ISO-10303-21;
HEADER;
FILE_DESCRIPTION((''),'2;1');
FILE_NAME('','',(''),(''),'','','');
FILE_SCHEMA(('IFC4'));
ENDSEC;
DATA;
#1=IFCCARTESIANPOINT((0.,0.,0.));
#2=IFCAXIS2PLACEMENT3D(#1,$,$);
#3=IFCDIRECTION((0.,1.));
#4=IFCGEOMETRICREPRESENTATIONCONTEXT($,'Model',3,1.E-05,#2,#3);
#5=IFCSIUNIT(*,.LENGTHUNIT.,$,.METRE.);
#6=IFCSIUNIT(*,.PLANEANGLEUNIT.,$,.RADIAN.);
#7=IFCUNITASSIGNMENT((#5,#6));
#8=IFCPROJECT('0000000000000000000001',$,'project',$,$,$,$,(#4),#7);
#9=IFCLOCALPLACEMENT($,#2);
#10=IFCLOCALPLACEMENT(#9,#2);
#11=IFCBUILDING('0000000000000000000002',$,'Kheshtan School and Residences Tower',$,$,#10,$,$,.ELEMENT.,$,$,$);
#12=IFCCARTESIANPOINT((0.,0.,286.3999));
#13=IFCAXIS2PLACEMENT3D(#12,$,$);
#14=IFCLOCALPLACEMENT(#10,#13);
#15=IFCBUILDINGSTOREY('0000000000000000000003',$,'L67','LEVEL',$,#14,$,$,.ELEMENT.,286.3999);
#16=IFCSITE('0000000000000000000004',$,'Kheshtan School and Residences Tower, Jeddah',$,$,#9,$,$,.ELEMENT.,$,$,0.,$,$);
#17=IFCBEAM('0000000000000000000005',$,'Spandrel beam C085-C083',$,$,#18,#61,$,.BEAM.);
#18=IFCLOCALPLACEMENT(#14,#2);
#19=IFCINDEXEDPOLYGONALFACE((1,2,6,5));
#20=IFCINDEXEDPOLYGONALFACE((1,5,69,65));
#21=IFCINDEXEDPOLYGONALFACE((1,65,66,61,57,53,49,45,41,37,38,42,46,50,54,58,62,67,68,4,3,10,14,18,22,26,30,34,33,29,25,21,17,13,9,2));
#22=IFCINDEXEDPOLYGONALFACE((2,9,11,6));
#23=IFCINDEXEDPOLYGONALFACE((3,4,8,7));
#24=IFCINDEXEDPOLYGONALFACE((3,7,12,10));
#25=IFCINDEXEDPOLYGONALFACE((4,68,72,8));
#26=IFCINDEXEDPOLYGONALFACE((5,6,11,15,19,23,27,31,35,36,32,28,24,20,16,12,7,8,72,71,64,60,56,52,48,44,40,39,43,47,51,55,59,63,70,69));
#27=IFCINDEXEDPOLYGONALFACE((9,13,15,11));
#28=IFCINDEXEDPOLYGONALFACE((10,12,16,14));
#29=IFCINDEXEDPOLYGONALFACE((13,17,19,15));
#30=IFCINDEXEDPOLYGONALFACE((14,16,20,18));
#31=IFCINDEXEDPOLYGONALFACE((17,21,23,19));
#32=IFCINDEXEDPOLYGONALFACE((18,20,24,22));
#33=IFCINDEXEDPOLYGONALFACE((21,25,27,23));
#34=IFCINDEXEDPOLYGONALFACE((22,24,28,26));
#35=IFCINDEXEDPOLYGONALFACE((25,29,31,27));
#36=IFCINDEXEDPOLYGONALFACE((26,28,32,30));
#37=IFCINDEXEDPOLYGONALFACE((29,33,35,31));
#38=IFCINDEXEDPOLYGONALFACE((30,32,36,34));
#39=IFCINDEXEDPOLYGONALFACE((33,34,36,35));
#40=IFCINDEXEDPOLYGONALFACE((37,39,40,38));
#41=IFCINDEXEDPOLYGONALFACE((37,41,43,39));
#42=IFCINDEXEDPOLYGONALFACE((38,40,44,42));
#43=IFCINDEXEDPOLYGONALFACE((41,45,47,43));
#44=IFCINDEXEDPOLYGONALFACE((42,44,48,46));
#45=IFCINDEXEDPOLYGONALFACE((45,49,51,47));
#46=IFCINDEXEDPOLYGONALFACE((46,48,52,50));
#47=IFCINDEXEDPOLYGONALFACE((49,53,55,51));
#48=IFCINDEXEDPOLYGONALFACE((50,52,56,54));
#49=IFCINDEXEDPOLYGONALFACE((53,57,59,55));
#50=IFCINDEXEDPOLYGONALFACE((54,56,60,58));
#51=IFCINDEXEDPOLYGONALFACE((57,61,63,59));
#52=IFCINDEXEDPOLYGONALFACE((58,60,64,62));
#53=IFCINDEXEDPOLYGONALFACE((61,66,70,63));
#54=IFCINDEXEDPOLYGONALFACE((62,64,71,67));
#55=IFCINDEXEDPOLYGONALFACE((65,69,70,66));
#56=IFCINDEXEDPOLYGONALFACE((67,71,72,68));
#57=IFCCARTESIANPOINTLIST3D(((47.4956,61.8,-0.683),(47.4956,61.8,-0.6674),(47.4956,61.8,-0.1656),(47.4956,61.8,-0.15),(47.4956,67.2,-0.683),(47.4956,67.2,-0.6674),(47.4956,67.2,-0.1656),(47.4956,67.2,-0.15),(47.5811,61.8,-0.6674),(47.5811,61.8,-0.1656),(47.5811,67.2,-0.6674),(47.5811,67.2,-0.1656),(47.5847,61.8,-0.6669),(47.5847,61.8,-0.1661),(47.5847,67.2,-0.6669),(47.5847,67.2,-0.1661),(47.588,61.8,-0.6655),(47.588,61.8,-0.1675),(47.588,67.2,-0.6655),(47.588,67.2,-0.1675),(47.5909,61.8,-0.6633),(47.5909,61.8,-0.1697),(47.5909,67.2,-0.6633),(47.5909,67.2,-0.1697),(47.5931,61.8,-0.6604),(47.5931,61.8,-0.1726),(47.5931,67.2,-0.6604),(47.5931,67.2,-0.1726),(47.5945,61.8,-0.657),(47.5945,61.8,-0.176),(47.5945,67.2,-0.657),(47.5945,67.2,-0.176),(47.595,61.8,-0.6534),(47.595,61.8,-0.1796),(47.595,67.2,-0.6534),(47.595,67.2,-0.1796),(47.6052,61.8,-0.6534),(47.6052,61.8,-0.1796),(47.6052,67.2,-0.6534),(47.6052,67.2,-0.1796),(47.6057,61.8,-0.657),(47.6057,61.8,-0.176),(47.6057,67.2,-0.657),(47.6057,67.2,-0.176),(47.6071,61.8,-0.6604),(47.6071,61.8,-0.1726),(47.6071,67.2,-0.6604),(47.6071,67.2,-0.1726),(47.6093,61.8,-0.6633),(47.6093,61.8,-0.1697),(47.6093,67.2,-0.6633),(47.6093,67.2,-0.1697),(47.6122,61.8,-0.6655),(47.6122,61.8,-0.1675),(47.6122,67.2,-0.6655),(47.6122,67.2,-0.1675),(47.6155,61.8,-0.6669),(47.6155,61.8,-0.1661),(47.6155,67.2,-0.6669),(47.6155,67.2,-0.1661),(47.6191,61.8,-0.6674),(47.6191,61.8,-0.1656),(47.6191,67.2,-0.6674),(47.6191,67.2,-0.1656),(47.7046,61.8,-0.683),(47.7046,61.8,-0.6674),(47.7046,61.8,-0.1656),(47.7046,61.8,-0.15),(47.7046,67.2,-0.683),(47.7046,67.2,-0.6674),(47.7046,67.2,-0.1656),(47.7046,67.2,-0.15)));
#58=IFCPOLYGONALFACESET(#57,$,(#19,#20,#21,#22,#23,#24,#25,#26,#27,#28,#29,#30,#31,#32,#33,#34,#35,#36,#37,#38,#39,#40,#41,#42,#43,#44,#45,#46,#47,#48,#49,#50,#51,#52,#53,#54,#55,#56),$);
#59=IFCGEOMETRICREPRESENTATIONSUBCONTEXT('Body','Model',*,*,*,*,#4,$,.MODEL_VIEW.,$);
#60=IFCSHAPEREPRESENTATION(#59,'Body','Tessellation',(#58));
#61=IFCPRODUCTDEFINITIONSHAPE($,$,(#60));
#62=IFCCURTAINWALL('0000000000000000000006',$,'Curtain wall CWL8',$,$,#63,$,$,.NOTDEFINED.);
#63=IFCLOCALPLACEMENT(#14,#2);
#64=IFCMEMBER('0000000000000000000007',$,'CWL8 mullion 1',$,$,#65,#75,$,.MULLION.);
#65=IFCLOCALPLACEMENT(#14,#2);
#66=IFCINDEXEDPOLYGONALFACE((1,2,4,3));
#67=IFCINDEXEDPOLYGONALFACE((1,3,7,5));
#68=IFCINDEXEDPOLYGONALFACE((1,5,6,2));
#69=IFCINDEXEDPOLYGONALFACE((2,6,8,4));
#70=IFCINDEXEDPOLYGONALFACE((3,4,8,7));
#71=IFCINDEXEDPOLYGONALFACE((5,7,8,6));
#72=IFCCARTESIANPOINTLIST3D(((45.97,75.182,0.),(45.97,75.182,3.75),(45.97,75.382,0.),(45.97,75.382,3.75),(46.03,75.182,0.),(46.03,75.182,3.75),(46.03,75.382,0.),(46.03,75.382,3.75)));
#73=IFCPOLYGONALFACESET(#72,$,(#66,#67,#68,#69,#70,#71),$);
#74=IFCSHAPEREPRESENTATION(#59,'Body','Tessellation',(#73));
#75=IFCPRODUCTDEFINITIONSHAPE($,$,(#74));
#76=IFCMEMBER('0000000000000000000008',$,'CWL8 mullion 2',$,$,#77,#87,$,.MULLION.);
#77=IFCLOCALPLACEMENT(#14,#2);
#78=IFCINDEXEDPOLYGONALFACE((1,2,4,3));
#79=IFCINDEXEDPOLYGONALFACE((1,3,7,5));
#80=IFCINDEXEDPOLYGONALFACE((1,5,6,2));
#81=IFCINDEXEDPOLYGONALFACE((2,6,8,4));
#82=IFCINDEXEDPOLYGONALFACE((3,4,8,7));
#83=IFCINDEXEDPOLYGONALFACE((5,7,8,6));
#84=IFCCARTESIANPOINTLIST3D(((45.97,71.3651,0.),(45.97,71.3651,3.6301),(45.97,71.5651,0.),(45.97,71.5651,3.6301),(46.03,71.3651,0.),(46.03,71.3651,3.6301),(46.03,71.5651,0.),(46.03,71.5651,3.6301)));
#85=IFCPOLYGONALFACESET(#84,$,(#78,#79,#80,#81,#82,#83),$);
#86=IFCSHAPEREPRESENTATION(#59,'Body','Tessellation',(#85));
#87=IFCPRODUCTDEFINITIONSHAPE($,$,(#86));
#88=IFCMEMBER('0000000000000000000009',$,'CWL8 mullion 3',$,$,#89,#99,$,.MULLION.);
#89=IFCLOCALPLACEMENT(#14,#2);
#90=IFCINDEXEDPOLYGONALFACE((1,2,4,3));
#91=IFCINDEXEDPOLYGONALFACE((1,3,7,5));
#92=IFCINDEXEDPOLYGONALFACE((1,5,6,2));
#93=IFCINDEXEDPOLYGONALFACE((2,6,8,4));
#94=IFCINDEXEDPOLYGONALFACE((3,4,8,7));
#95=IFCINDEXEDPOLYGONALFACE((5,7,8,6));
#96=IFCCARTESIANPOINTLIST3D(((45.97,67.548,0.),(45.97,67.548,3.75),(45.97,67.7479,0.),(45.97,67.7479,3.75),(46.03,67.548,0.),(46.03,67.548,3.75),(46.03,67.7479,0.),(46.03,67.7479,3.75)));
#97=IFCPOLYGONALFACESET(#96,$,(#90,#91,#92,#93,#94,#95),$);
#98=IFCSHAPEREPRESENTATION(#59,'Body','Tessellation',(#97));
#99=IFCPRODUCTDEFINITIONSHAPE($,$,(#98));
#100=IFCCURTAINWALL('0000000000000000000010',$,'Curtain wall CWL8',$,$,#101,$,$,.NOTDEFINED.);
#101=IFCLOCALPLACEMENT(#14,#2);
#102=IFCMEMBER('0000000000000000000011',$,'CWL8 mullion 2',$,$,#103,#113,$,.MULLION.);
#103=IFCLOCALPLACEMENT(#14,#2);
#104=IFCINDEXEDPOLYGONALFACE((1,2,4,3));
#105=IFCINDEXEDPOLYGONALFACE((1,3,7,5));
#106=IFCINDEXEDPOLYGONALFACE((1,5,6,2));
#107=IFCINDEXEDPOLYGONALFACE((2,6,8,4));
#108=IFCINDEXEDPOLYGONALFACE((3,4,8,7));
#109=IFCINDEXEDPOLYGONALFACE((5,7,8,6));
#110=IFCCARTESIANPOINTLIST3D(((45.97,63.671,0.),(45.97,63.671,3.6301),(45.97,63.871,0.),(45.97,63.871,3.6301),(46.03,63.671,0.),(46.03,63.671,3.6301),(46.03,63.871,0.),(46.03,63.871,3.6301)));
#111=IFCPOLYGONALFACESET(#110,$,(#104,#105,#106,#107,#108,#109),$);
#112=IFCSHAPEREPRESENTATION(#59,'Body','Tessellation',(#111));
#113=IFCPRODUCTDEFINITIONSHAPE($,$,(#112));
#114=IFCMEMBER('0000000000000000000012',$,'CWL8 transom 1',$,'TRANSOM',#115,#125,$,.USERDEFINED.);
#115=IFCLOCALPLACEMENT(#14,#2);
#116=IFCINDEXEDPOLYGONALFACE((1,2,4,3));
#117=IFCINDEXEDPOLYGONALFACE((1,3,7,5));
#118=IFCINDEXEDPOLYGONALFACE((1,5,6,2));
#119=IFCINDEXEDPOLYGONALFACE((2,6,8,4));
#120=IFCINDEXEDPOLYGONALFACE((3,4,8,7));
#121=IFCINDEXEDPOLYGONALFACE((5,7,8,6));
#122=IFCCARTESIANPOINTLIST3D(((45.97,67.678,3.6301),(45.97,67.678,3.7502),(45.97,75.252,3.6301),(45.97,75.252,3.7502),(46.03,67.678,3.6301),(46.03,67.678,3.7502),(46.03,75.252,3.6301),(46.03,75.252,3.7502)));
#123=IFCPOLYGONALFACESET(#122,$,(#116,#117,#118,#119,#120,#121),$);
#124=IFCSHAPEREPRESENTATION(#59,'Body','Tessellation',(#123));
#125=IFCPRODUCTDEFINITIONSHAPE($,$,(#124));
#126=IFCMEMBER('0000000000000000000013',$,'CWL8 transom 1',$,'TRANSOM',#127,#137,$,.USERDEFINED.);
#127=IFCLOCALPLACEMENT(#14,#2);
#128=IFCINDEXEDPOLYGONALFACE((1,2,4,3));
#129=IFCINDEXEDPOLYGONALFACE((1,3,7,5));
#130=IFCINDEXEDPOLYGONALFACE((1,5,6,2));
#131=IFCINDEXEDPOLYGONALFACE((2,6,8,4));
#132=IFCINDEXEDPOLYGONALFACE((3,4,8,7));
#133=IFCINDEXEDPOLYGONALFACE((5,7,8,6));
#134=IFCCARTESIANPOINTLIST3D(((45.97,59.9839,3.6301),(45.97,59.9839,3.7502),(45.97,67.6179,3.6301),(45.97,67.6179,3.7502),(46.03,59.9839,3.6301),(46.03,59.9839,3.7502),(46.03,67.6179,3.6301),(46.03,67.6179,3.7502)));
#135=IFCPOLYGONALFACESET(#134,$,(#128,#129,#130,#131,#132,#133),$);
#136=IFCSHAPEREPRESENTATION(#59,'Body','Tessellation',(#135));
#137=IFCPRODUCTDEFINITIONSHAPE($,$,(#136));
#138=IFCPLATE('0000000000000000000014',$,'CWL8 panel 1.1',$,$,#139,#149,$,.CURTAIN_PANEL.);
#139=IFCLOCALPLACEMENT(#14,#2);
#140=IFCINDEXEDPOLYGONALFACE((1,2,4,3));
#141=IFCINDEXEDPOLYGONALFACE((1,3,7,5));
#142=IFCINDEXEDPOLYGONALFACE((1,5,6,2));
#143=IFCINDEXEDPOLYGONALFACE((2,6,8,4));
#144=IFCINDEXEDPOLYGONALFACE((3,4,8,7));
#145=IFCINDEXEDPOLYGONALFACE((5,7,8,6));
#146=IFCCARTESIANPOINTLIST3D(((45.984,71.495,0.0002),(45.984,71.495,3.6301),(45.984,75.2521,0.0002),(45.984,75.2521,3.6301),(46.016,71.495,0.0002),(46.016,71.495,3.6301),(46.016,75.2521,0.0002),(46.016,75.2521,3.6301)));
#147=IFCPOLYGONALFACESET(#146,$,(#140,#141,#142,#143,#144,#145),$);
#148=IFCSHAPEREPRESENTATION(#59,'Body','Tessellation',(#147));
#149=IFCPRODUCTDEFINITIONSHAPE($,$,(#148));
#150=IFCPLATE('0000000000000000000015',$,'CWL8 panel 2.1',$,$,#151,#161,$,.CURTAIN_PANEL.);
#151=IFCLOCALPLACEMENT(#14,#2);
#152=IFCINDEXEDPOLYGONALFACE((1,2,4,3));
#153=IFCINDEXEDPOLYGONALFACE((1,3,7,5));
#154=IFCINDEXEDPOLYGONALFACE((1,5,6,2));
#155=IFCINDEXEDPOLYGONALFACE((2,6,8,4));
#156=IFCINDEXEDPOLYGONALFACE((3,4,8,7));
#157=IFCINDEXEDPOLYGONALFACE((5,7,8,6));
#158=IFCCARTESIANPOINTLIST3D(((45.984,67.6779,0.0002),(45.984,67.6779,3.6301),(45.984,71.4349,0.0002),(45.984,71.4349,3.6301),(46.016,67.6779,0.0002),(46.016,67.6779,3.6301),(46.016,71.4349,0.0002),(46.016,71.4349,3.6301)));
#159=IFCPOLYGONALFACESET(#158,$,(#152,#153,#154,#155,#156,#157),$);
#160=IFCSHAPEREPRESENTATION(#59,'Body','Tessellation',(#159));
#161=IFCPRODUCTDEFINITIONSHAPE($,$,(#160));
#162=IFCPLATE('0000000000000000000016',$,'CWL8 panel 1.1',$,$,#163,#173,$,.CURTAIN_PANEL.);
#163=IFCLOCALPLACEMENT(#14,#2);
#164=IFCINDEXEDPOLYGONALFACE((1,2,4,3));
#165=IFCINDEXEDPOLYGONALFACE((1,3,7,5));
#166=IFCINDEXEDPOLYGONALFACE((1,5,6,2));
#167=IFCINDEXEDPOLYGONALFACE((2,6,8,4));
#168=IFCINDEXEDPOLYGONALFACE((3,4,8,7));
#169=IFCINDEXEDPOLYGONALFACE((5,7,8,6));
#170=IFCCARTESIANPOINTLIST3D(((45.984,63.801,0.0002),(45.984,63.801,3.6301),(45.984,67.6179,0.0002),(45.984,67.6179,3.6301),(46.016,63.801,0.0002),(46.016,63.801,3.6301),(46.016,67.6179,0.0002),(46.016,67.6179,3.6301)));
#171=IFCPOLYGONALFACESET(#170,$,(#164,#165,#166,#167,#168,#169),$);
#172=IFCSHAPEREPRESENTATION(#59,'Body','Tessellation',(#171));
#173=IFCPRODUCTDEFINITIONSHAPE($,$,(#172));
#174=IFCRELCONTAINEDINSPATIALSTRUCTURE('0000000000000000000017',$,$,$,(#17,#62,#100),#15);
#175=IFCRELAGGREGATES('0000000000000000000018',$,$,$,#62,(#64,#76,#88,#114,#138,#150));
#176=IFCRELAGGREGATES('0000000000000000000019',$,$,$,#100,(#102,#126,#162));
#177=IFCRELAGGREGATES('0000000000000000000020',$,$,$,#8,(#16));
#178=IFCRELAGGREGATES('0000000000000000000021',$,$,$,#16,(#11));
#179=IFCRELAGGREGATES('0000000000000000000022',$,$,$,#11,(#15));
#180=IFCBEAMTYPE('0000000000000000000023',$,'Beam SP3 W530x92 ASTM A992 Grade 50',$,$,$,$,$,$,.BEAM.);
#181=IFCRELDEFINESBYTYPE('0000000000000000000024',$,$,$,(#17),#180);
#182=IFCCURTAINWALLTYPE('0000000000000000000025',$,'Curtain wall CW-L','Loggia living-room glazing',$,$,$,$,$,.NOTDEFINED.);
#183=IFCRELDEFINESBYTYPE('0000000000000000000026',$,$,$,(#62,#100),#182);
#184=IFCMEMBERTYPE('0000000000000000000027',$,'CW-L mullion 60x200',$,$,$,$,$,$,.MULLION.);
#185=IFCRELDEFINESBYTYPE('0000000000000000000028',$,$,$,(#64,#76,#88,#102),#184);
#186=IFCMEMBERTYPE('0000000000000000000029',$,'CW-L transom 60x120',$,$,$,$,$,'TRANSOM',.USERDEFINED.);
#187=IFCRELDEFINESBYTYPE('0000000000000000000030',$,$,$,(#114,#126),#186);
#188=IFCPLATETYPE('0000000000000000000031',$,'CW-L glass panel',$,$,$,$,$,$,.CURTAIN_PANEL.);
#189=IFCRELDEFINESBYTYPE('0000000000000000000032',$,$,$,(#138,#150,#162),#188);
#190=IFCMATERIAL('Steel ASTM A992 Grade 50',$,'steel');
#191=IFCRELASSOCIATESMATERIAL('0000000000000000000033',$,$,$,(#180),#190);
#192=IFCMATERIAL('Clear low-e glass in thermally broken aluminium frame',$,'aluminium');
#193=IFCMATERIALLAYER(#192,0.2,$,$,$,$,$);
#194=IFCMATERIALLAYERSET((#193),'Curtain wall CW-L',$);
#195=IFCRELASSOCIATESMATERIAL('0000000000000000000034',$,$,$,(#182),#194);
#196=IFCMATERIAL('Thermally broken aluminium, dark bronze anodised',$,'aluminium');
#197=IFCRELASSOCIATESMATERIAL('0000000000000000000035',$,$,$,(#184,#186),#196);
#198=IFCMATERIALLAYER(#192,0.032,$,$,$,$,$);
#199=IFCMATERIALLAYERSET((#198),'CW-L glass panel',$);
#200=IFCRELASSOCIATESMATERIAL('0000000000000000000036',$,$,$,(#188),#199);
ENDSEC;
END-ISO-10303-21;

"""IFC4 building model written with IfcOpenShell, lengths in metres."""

from ifc_helpers import new_model, si_unit, direction, frame, origin, origin_2d, place, context, subcontext, project, spatial, rectangle, i_section, extrude, material, layer, layer_set, material_profile, profile_set, type_object, element, aggregate, save


model = new_model("IFC4")

# Units and contexts
model_context = context("Model", 3, precision=1e-05, world=origin(), true_north=direction((0.0, 1.0)))
body_context = subcontext(model_context, "Body", "Model", "MODEL_VIEW")
ifc_project = project(units=[si_unit("LENGTHUNIT", "METRE"), si_unit("PLANEANGLEUNIT", "RADIAN")], contexts=[model_context])

# Site, building, storey
site_placement = place(None, origin())
site = spatial("IfcSite", under=ifc_project, at=site_placement, Name="Kheshtan School and Residences Tower, Jeddah", CompositionType="ELEMENT", RefElevation=0.0)
building_placement = place(site_placement, origin())
building = spatial("IfcBuilding", under=site, at=building_placement, Name="Kheshtan School and Residences Tower", CompositionType="ELEMENT")
storey_placement = place(building_placement, frame((0.0, 0.0, 286.3999)))
storey = spatial("IfcBuildingStorey", under=building, at=storey_placement, Name="L67", Description="LEVEL", CompositionType="ELEMENT", Elevation=286.3999)

# Shared definitions
ifc_material_1 = material(Name="Steel ASTM A992 Grade 50", Category="steel")

# Beam
ifc_material_profile_1 = material_profile(ifc_material_1, i_section(OverallWidth=0.209, OverallDepth=0.533, WebThickness=0.0103, FlangeThickness=0.0156, FilletRadius=0.0139, at=origin_2d()), Name="W530x92")
ifc_profile_set_1 = profile_set([ifc_material_profile_1], Name="Steel ASTM A992 Grade 50")
beam_type_1 = type_object("IfcBeamType", Name="Beam SP3 W530x92 ASTM A992 Grade 50", PredefinedType="BEAM", material=ifc_profile_set_1)
beam_1_placement = place(storey_placement, frame((47.6001, 67.2, -0.4165), z_axis=(0.0, -1.0, 0.0), x_axis=(1.0, 0.0, 0.0)))
element("IfcBeam", 1, at=beam_1_placement, inside=storey, type_object=beam_type_1, Name="Spandrel beam C085-C083", PredefinedType="BEAM", context=body_context, shape_type="SweptSolid", body=[
    extrude(i_section(OverallWidth=0.209, OverallDepth=0.533, WebThickness=0.0103, FlangeThickness=0.0156, FilletRadius=0.0139, at=origin_2d()), origin(), (0.0, 0.0, 1.0), 5.3999),
])

# Curtain wall, members
ifc_material_2 = material(Name="Clear low-e glass in thermally broken aluminium frame", Category="aluminium")
ifc_layer_1 = layer(ifc_material_2, 0.2)
ifc_layer_set_1 = layer_set([ifc_layer_1], Name="Curtain wall CW-L")
curtain_wall_type = type_object("IfcCurtainWallType", Name="Curtain wall CW-L", Description="Loggia living-room glazing", PredefinedType="NOTDEFINED", material=ifc_layer_set_1)
curtain_wall_1_placement = place(storey_placement, origin())
curtain_wall_1 = element("IfcCurtainWall", 2, at=curtain_wall_1_placement, inside=storey, type_object=curtain_wall_type, Name="Curtain wall CWL8", PredefinedType="NOTDEFINED")
ifc_material_3 = material(Name="Thermally broken aluminium, dark bronze anodised", Category="aluminium")
ifc_material_profile_2 = material_profile(ifc_material_3, rectangle(XDim=0.0601, YDim=0.2, at=origin_2d()), Name="CW-L mullion 60x200")
ifc_profile_set_2 = profile_set([ifc_material_profile_2], Name="Thermally broken aluminium, dark bronze anodised")
member_type_1 = type_object("IfcMemberType", Name="CW-L mullion 60x200", PredefinedType="MULLION", material=ifc_profile_set_2)
member_1_placement = place(storey_placement, frame((46.0, 75.282, 0.0), z_axis=(0.0, 0.0, 1.0), x_axis=(1.0, 0.0, 0.0)))
member_1 = element("IfcMember", 3, at=member_1_placement, type_object=member_type_1, Name="CWL8 mullion 1", PredefinedType="MULLION", context=body_context, shape_type="SweptSolid", body=[
    extrude(rectangle(XDim=0.0601, YDim=0.2, at=origin_2d()), origin(), (0.0, 0.0, 1.0), 3.75),
])
member_2_placement = place(storey_placement, frame((46.0, 71.4651, 0.0), z_axis=(0.0, 0.0, 1.0), x_axis=(1.0, 0.0, 0.0)))
member_2 = element("IfcMember", 4, at=member_2_placement, type_object=member_type_1, Name="CWL8 mullion 2", PredefinedType="MULLION", context=body_context, shape_type="SweptSolid", body=[
    extrude(rectangle(XDim=0.0601, YDim=0.2, at=origin_2d()), origin(), (0.0, 0.0, 1.0), 3.6301),
])
member_3_placement = place(storey_placement, frame((46.0, 67.6479, 0.0), z_axis=(0.0, 0.0, 1.0), x_axis=(1.0, 0.0, 0.0)))
member_3 = element("IfcMember", 5, at=member_3_placement, type_object=member_type_1, Name="CWL8 mullion 3", PredefinedType="MULLION", context=body_context, shape_type="SweptSolid", body=[
    extrude(rectangle(XDim=0.0601, YDim=0.2, at=origin_2d()), origin(), (0.0, 0.0, 1.0), 3.75),
])

# Curtain wall, member
curtain_wall_2_placement = place(storey_placement, origin())
curtain_wall_2 = element("IfcCurtainWall", 6, at=curtain_wall_2_placement, inside=storey, type_object=curtain_wall_type, Name="Curtain wall CWL8", PredefinedType="NOTDEFINED")
member_4_placement = place(storey_placement, frame((46.0, 63.771, 0.0), z_axis=(0.0, 0.0, 1.0), x_axis=(1.0, 0.0, 0.0)))
member_4 = element("IfcMember", 7, at=member_4_placement, type_object=member_type_1, Name="CWL8 mullion 2", PredefinedType="MULLION", context=body_context, shape_type="SweptSolid", body=[
    extrude(rectangle(XDim=0.0601, YDim=0.2, at=origin_2d()), origin(), (0.0, 0.0, 1.0), 3.6301),
])

# Members
ifc_material_profile_3 = material_profile(ifc_material_3, rectangle(XDim=0.0601, YDim=0.1201, at=origin_2d()), Name="CW-L transom 60x120")
ifc_profile_set_3 = profile_set([ifc_material_profile_3], Name="Thermally broken aluminium, dark bronze anodised")
member_type_2 = type_object("IfcMemberType", Name="CW-L transom 60x120", ElementType="TRANSOM", PredefinedType="USERDEFINED", material=ifc_profile_set_3)
member_5_placement = place(storey_placement, frame((46.0, 75.252, 3.6902), z_axis=(0.0, -1.0, 0.0), x_axis=(1.0, 0.0, 0.0)))
member_5 = element("IfcMember", 8, at=member_5_placement, type_object=member_type_2, Name="CWL8 transom 1", ObjectType="TRANSOM", PredefinedType="USERDEFINED", context=body_context, shape_type="SweptSolid", body=[
    extrude(rectangle(XDim=0.0601, YDim=0.1201, at=origin_2d()), origin(), (0.0, 0.0, 1.0), 7.574),
])
member_6_placement = place(storey_placement, frame((46.0, 67.6179, 3.6902), z_axis=(0.0, -1.0, 0.0), x_axis=(1.0, 0.0, 0.0)))
member_6 = element("IfcMember", 9, at=member_6_placement, type_object=member_type_2, Name="CWL8 transom 1", ObjectType="TRANSOM", PredefinedType="USERDEFINED", context=body_context, shape_type="SweptSolid", body=[
    extrude(rectangle(XDim=0.0601, YDim=0.1201, at=origin_2d()), origin(), (0.0, 0.0, 1.0), 7.634),
])

# Plates
ifc_layer_2 = layer(ifc_material_2, 0.032)
ifc_layer_set_2 = layer_set([ifc_layer_2], Name="CW-L glass panel")
plate_type = type_object("IfcPlateType", Name="CW-L glass panel", PredefinedType="CURTAIN_PANEL", material=ifc_layer_set_2)
plate_1_placement = place(storey_placement, frame((46.0, 73.3735, 0.0002), z_axis=(0.0, 0.0, 1.0), x_axis=(0.0, -1.0, 0.0)))
plate_1 = element("IfcPlate", 10, at=plate_1_placement, type_object=plate_type, Name="CWL8 panel 1.1", PredefinedType="CURTAIN_PANEL", context=body_context, shape_type="SweptSolid", body=[
    extrude(rectangle(XDim=3.7571, YDim=0.032, at=origin_2d()), origin(), (0.0, 0.0, 1.0), 3.6299),
])
plate_2_placement = place(storey_placement, frame((46.0, 69.5564, 0.0002), z_axis=(0.0, 0.0, 1.0), x_axis=(0.0, -1.0, 0.0)))
plate_2 = element("IfcPlate", 11, at=plate_2_placement, type_object=plate_type, Name="CWL8 panel 2.1", PredefinedType="CURTAIN_PANEL", context=body_context, shape_type="SweptSolid", body=[
    extrude(rectangle(XDim=3.7571, YDim=0.032, at=origin_2d()), origin(), (0.0, 0.0, 1.0), 3.6299),
])
aggregate(curtain_wall_1, [member_1, member_2, member_3, member_5, plate_1, plate_2])
plate_3_placement = place(storey_placement, frame((46.0, 65.7095, 0.0002), z_axis=(0.0, 0.0, 1.0), x_axis=(0.0, -1.0, 0.0)))
plate_3 = element("IfcPlate", 12, at=plate_3_placement, type_object=plate_type, Name="CWL8 panel 1.1", PredefinedType="CURTAIN_PANEL", context=body_context, shape_type="SweptSolid", body=[
    extrude(rectangle(XDim=3.8169, YDim=0.032, at=origin_2d()), origin(), (0.0, 0.0, 1.0), 3.6299),
])
aggregate(curtain_wall_2, [member_4, member_6, plate_3])

save(model, "model.ifc")
